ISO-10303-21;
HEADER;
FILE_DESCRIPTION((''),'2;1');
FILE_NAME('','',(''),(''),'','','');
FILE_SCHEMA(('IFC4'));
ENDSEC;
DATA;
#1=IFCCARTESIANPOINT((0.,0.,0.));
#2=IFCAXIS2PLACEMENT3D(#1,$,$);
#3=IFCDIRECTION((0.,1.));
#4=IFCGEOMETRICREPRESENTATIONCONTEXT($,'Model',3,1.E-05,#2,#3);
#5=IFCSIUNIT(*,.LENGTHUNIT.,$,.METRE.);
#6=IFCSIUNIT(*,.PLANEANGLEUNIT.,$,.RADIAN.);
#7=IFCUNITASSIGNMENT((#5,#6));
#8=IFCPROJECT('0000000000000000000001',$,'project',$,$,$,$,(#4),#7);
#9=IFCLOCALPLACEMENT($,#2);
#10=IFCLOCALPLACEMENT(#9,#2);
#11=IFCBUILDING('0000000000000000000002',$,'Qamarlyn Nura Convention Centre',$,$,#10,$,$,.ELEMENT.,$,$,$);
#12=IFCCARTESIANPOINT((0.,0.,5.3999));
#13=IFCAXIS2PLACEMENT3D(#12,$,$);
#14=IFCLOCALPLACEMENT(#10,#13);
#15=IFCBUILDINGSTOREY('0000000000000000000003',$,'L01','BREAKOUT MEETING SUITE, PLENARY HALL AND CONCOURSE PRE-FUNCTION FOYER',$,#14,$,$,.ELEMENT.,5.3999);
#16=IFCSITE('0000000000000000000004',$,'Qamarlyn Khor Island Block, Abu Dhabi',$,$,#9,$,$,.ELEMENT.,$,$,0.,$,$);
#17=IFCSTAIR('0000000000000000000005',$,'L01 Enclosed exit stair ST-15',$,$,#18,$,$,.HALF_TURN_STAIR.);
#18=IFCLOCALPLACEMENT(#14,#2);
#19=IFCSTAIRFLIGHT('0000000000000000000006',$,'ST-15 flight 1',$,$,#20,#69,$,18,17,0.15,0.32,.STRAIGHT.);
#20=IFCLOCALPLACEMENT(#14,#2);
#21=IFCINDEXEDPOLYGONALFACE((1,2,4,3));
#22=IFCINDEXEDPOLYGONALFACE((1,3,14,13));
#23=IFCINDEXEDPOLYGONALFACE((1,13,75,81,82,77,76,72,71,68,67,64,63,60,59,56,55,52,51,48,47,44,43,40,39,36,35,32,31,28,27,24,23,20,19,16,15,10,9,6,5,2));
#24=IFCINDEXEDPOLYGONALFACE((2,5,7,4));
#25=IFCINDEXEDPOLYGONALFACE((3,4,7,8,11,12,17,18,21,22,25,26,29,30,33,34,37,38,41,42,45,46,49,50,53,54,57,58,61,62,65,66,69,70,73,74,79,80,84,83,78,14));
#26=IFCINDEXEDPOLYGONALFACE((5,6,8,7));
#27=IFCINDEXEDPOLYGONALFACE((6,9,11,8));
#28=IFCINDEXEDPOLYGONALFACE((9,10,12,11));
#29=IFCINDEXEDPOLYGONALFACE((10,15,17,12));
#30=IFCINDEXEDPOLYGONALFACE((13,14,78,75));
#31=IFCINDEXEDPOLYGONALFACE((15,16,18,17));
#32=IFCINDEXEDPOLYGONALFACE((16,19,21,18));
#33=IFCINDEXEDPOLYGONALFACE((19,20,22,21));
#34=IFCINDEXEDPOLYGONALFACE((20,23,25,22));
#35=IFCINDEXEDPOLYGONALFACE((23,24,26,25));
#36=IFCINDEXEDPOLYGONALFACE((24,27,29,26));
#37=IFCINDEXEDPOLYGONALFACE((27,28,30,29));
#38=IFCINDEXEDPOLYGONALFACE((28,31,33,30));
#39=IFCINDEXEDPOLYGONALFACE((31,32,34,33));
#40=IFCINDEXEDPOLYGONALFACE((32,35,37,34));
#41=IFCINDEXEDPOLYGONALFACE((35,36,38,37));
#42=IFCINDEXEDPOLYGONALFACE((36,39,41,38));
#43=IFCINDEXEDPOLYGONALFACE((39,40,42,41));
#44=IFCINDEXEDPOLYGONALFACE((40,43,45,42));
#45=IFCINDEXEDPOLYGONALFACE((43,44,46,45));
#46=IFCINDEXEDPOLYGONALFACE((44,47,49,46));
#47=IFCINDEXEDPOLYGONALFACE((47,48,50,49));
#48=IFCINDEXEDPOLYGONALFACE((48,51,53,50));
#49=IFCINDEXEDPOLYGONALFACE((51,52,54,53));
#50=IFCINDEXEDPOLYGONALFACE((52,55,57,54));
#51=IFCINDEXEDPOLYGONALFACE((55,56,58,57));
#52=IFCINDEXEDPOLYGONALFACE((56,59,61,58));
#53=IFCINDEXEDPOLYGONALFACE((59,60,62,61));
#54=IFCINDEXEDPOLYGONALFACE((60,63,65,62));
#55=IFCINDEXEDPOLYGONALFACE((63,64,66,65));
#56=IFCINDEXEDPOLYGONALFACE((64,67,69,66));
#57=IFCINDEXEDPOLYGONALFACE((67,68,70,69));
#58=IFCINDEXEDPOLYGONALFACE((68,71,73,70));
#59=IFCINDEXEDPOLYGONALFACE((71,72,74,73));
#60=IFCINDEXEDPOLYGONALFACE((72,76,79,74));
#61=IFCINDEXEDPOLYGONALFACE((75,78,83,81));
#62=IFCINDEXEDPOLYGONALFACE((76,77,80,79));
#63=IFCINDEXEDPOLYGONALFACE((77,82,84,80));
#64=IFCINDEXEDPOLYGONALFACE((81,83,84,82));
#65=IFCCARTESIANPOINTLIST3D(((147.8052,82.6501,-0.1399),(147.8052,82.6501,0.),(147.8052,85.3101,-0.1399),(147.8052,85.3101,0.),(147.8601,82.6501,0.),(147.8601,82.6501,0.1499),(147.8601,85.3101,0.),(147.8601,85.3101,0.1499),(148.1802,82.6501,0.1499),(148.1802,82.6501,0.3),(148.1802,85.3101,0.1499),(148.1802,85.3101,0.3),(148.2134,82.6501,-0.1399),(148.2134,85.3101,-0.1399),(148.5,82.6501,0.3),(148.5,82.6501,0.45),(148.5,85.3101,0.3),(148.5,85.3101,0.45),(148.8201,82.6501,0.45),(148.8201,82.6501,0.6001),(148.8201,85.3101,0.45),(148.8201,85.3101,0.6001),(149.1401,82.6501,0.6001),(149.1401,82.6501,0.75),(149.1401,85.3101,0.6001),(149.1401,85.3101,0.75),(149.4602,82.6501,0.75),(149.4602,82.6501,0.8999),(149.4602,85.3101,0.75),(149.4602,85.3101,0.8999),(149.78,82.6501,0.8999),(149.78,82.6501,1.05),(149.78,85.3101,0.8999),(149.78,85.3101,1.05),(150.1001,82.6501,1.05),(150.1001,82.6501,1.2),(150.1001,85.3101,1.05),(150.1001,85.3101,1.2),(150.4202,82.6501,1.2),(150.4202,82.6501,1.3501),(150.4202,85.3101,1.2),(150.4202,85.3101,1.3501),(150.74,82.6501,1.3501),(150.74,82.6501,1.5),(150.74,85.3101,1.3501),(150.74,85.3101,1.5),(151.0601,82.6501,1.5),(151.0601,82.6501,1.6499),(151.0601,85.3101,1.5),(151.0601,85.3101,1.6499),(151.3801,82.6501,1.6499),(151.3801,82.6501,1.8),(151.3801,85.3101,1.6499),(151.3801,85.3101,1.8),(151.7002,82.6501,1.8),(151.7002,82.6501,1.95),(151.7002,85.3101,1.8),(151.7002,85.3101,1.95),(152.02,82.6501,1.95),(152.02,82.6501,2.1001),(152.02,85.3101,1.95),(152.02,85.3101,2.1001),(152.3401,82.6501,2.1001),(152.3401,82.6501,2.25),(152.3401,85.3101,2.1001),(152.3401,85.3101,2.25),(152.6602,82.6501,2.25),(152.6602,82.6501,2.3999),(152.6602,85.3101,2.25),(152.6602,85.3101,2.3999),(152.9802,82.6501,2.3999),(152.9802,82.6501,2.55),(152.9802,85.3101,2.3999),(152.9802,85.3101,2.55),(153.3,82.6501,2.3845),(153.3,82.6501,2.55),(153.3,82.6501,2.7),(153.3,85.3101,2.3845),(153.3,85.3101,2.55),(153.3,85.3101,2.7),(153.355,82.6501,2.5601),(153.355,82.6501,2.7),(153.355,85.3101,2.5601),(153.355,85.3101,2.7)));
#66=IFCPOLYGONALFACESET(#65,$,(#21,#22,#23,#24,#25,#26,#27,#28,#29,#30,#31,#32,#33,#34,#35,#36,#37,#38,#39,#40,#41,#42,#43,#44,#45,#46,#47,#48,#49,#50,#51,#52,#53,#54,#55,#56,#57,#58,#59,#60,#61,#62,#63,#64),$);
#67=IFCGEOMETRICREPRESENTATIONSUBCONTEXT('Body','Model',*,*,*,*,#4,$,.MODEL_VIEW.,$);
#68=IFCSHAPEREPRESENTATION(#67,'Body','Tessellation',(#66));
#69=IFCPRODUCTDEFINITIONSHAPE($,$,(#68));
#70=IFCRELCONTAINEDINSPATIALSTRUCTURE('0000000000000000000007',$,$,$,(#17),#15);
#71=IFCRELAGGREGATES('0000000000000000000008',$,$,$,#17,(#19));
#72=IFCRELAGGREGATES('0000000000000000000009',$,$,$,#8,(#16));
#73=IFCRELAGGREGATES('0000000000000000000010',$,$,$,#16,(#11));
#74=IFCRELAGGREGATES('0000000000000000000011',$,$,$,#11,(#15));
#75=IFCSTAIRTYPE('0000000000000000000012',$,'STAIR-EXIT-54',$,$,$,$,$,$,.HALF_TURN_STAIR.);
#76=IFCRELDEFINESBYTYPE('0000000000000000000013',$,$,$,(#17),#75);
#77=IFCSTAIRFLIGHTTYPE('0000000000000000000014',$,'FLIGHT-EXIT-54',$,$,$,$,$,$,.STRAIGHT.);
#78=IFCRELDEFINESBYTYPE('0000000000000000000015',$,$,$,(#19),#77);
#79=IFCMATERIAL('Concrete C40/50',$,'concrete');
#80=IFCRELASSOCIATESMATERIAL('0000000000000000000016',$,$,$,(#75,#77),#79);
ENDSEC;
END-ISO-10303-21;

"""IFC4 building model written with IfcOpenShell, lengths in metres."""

from ifc_helpers import new_model, si_unit, direction, frame, origin, place, context, subcontext, project, spatial, polyline, outline, extrude, material, type_object, element, aggregate, save


model = new_model("IFC4")

# Units and contexts
model_context = context("Model", 3, precision=1e-05, world=origin(), true_north=direction((0.0, 1.0)))
body_context = subcontext(model_context, "Body", "Model", "MODEL_VIEW")
ifc_project = project(units=[si_unit("LENGTHUNIT", "METRE"), si_unit("PLANEANGLEUNIT", "RADIAN")], contexts=[model_context])

# Site, building, storey
site_placement = place(None, origin())
site = spatial("IfcSite", under=ifc_project, at=site_placement, Name="Qamarlyn Khor Island Block, Abu Dhabi", CompositionType="ELEMENT", RefElevation=0.0)
building_placement = place(site_placement, origin())
building = spatial("IfcBuilding", under=site, at=building_placement, Name="Qamarlyn Nura Convention Centre", CompositionType="ELEMENT")
storey_placement = place(building_placement, frame((0.0, 0.0, 5.3999)))
storey = spatial("IfcBuildingStorey", under=building, at=storey_placement, Name="L01", Description="BREAKOUT MEETING SUITE, PLENARY HALL AND CONCOURSE PRE-FUNCTION FOYER", CompositionType="ELEMENT", Elevation=5.3999)

# Stair, stair flight
ifc_material_1 = material(Name="Concrete C40/50", Category="concrete")
stair_type = type_object("IfcStairType", Name="STAIR-EXIT-54", PredefinedType="HALF_TURN_STAIR", material=ifc_material_1)
stair_placement = place(storey_placement, origin())
stair = element("IfcStair", 1, at=stair_placement, inside=storey, type_object=stair_type, Name="L01 Enclosed exit stair ST-15", PredefinedType="HALF_TURN_STAIR")
stair_flight_type = type_object("IfcStairFlightType", Name="FLIGHT-EXIT-54", PredefinedType="STRAIGHT", material=ifc_material_1)
stair_flight_placement = place(storey_placement, frame((147.8601, 83.98, 0.0), z_axis=(0.0, 0.0, 1.0), x_axis=(1.0, 0.0, 0.0)))
stair_flight = element("IfcStairFlight", 2, at=stair_flight_placement, type_object=stair_flight_type, Name="ST-15 flight 1", NumberOfRisers=18, NumberOfTreads=17, PredefinedType="STRAIGHT", RiserHeight=0.15, TreadLength=0.32, context=body_context, shape_type="SweptSolid", body=[
    extrude(outline(polyline([(-0.0549, 0.0), (0.0, 0.0), (0.0, 0.1499), (0.3201, 0.1499), (0.3201, 0.3), (0.6399, 0.3), (0.6399, 0.45), (0.96, 0.45), (0.96, 0.6001), (1.28, 0.6001), (1.28, 0.75), (1.6001, 0.75), (1.6001, 0.8999), (1.9199, 0.8999), (1.9199, 1.05), (2.24, 1.05), (2.24, 1.2), (2.5601, 1.2), (2.5601, 1.3501), (2.8799, 1.3501), (2.8799, 1.5), (3.2, 1.5), (3.2, 1.6499), (3.52, 1.6499), (3.52, 1.8), (3.8401, 1.8), (3.8401, 1.95), (4.1599, 1.95), (4.1599, 2.1001), (4.48, 2.1001), (4.48, 2.25), (4.8, 2.25), (4.8, 2.3999), (5.1201, 2.3999), (5.1201, 2.55), (5.4399, 2.55), (5.4399, 2.7), (5.4949, 2.7), (5.4949, 2.5601), (5.4399, 2.3845), (0.3533, -0.1399), (-0.0549, -0.1399), (-0.0549, 0.0)])), frame((0.0, 1.3301, 0.0), z_axis=(0.0, -1.0, 0.0), x_axis=(1.0, 0.0, 0.0)), (0.0, 0.0, 1.0), 2.6599),
])
aggregate(stair, [stair_flight])

save(model, "model.ifc")
